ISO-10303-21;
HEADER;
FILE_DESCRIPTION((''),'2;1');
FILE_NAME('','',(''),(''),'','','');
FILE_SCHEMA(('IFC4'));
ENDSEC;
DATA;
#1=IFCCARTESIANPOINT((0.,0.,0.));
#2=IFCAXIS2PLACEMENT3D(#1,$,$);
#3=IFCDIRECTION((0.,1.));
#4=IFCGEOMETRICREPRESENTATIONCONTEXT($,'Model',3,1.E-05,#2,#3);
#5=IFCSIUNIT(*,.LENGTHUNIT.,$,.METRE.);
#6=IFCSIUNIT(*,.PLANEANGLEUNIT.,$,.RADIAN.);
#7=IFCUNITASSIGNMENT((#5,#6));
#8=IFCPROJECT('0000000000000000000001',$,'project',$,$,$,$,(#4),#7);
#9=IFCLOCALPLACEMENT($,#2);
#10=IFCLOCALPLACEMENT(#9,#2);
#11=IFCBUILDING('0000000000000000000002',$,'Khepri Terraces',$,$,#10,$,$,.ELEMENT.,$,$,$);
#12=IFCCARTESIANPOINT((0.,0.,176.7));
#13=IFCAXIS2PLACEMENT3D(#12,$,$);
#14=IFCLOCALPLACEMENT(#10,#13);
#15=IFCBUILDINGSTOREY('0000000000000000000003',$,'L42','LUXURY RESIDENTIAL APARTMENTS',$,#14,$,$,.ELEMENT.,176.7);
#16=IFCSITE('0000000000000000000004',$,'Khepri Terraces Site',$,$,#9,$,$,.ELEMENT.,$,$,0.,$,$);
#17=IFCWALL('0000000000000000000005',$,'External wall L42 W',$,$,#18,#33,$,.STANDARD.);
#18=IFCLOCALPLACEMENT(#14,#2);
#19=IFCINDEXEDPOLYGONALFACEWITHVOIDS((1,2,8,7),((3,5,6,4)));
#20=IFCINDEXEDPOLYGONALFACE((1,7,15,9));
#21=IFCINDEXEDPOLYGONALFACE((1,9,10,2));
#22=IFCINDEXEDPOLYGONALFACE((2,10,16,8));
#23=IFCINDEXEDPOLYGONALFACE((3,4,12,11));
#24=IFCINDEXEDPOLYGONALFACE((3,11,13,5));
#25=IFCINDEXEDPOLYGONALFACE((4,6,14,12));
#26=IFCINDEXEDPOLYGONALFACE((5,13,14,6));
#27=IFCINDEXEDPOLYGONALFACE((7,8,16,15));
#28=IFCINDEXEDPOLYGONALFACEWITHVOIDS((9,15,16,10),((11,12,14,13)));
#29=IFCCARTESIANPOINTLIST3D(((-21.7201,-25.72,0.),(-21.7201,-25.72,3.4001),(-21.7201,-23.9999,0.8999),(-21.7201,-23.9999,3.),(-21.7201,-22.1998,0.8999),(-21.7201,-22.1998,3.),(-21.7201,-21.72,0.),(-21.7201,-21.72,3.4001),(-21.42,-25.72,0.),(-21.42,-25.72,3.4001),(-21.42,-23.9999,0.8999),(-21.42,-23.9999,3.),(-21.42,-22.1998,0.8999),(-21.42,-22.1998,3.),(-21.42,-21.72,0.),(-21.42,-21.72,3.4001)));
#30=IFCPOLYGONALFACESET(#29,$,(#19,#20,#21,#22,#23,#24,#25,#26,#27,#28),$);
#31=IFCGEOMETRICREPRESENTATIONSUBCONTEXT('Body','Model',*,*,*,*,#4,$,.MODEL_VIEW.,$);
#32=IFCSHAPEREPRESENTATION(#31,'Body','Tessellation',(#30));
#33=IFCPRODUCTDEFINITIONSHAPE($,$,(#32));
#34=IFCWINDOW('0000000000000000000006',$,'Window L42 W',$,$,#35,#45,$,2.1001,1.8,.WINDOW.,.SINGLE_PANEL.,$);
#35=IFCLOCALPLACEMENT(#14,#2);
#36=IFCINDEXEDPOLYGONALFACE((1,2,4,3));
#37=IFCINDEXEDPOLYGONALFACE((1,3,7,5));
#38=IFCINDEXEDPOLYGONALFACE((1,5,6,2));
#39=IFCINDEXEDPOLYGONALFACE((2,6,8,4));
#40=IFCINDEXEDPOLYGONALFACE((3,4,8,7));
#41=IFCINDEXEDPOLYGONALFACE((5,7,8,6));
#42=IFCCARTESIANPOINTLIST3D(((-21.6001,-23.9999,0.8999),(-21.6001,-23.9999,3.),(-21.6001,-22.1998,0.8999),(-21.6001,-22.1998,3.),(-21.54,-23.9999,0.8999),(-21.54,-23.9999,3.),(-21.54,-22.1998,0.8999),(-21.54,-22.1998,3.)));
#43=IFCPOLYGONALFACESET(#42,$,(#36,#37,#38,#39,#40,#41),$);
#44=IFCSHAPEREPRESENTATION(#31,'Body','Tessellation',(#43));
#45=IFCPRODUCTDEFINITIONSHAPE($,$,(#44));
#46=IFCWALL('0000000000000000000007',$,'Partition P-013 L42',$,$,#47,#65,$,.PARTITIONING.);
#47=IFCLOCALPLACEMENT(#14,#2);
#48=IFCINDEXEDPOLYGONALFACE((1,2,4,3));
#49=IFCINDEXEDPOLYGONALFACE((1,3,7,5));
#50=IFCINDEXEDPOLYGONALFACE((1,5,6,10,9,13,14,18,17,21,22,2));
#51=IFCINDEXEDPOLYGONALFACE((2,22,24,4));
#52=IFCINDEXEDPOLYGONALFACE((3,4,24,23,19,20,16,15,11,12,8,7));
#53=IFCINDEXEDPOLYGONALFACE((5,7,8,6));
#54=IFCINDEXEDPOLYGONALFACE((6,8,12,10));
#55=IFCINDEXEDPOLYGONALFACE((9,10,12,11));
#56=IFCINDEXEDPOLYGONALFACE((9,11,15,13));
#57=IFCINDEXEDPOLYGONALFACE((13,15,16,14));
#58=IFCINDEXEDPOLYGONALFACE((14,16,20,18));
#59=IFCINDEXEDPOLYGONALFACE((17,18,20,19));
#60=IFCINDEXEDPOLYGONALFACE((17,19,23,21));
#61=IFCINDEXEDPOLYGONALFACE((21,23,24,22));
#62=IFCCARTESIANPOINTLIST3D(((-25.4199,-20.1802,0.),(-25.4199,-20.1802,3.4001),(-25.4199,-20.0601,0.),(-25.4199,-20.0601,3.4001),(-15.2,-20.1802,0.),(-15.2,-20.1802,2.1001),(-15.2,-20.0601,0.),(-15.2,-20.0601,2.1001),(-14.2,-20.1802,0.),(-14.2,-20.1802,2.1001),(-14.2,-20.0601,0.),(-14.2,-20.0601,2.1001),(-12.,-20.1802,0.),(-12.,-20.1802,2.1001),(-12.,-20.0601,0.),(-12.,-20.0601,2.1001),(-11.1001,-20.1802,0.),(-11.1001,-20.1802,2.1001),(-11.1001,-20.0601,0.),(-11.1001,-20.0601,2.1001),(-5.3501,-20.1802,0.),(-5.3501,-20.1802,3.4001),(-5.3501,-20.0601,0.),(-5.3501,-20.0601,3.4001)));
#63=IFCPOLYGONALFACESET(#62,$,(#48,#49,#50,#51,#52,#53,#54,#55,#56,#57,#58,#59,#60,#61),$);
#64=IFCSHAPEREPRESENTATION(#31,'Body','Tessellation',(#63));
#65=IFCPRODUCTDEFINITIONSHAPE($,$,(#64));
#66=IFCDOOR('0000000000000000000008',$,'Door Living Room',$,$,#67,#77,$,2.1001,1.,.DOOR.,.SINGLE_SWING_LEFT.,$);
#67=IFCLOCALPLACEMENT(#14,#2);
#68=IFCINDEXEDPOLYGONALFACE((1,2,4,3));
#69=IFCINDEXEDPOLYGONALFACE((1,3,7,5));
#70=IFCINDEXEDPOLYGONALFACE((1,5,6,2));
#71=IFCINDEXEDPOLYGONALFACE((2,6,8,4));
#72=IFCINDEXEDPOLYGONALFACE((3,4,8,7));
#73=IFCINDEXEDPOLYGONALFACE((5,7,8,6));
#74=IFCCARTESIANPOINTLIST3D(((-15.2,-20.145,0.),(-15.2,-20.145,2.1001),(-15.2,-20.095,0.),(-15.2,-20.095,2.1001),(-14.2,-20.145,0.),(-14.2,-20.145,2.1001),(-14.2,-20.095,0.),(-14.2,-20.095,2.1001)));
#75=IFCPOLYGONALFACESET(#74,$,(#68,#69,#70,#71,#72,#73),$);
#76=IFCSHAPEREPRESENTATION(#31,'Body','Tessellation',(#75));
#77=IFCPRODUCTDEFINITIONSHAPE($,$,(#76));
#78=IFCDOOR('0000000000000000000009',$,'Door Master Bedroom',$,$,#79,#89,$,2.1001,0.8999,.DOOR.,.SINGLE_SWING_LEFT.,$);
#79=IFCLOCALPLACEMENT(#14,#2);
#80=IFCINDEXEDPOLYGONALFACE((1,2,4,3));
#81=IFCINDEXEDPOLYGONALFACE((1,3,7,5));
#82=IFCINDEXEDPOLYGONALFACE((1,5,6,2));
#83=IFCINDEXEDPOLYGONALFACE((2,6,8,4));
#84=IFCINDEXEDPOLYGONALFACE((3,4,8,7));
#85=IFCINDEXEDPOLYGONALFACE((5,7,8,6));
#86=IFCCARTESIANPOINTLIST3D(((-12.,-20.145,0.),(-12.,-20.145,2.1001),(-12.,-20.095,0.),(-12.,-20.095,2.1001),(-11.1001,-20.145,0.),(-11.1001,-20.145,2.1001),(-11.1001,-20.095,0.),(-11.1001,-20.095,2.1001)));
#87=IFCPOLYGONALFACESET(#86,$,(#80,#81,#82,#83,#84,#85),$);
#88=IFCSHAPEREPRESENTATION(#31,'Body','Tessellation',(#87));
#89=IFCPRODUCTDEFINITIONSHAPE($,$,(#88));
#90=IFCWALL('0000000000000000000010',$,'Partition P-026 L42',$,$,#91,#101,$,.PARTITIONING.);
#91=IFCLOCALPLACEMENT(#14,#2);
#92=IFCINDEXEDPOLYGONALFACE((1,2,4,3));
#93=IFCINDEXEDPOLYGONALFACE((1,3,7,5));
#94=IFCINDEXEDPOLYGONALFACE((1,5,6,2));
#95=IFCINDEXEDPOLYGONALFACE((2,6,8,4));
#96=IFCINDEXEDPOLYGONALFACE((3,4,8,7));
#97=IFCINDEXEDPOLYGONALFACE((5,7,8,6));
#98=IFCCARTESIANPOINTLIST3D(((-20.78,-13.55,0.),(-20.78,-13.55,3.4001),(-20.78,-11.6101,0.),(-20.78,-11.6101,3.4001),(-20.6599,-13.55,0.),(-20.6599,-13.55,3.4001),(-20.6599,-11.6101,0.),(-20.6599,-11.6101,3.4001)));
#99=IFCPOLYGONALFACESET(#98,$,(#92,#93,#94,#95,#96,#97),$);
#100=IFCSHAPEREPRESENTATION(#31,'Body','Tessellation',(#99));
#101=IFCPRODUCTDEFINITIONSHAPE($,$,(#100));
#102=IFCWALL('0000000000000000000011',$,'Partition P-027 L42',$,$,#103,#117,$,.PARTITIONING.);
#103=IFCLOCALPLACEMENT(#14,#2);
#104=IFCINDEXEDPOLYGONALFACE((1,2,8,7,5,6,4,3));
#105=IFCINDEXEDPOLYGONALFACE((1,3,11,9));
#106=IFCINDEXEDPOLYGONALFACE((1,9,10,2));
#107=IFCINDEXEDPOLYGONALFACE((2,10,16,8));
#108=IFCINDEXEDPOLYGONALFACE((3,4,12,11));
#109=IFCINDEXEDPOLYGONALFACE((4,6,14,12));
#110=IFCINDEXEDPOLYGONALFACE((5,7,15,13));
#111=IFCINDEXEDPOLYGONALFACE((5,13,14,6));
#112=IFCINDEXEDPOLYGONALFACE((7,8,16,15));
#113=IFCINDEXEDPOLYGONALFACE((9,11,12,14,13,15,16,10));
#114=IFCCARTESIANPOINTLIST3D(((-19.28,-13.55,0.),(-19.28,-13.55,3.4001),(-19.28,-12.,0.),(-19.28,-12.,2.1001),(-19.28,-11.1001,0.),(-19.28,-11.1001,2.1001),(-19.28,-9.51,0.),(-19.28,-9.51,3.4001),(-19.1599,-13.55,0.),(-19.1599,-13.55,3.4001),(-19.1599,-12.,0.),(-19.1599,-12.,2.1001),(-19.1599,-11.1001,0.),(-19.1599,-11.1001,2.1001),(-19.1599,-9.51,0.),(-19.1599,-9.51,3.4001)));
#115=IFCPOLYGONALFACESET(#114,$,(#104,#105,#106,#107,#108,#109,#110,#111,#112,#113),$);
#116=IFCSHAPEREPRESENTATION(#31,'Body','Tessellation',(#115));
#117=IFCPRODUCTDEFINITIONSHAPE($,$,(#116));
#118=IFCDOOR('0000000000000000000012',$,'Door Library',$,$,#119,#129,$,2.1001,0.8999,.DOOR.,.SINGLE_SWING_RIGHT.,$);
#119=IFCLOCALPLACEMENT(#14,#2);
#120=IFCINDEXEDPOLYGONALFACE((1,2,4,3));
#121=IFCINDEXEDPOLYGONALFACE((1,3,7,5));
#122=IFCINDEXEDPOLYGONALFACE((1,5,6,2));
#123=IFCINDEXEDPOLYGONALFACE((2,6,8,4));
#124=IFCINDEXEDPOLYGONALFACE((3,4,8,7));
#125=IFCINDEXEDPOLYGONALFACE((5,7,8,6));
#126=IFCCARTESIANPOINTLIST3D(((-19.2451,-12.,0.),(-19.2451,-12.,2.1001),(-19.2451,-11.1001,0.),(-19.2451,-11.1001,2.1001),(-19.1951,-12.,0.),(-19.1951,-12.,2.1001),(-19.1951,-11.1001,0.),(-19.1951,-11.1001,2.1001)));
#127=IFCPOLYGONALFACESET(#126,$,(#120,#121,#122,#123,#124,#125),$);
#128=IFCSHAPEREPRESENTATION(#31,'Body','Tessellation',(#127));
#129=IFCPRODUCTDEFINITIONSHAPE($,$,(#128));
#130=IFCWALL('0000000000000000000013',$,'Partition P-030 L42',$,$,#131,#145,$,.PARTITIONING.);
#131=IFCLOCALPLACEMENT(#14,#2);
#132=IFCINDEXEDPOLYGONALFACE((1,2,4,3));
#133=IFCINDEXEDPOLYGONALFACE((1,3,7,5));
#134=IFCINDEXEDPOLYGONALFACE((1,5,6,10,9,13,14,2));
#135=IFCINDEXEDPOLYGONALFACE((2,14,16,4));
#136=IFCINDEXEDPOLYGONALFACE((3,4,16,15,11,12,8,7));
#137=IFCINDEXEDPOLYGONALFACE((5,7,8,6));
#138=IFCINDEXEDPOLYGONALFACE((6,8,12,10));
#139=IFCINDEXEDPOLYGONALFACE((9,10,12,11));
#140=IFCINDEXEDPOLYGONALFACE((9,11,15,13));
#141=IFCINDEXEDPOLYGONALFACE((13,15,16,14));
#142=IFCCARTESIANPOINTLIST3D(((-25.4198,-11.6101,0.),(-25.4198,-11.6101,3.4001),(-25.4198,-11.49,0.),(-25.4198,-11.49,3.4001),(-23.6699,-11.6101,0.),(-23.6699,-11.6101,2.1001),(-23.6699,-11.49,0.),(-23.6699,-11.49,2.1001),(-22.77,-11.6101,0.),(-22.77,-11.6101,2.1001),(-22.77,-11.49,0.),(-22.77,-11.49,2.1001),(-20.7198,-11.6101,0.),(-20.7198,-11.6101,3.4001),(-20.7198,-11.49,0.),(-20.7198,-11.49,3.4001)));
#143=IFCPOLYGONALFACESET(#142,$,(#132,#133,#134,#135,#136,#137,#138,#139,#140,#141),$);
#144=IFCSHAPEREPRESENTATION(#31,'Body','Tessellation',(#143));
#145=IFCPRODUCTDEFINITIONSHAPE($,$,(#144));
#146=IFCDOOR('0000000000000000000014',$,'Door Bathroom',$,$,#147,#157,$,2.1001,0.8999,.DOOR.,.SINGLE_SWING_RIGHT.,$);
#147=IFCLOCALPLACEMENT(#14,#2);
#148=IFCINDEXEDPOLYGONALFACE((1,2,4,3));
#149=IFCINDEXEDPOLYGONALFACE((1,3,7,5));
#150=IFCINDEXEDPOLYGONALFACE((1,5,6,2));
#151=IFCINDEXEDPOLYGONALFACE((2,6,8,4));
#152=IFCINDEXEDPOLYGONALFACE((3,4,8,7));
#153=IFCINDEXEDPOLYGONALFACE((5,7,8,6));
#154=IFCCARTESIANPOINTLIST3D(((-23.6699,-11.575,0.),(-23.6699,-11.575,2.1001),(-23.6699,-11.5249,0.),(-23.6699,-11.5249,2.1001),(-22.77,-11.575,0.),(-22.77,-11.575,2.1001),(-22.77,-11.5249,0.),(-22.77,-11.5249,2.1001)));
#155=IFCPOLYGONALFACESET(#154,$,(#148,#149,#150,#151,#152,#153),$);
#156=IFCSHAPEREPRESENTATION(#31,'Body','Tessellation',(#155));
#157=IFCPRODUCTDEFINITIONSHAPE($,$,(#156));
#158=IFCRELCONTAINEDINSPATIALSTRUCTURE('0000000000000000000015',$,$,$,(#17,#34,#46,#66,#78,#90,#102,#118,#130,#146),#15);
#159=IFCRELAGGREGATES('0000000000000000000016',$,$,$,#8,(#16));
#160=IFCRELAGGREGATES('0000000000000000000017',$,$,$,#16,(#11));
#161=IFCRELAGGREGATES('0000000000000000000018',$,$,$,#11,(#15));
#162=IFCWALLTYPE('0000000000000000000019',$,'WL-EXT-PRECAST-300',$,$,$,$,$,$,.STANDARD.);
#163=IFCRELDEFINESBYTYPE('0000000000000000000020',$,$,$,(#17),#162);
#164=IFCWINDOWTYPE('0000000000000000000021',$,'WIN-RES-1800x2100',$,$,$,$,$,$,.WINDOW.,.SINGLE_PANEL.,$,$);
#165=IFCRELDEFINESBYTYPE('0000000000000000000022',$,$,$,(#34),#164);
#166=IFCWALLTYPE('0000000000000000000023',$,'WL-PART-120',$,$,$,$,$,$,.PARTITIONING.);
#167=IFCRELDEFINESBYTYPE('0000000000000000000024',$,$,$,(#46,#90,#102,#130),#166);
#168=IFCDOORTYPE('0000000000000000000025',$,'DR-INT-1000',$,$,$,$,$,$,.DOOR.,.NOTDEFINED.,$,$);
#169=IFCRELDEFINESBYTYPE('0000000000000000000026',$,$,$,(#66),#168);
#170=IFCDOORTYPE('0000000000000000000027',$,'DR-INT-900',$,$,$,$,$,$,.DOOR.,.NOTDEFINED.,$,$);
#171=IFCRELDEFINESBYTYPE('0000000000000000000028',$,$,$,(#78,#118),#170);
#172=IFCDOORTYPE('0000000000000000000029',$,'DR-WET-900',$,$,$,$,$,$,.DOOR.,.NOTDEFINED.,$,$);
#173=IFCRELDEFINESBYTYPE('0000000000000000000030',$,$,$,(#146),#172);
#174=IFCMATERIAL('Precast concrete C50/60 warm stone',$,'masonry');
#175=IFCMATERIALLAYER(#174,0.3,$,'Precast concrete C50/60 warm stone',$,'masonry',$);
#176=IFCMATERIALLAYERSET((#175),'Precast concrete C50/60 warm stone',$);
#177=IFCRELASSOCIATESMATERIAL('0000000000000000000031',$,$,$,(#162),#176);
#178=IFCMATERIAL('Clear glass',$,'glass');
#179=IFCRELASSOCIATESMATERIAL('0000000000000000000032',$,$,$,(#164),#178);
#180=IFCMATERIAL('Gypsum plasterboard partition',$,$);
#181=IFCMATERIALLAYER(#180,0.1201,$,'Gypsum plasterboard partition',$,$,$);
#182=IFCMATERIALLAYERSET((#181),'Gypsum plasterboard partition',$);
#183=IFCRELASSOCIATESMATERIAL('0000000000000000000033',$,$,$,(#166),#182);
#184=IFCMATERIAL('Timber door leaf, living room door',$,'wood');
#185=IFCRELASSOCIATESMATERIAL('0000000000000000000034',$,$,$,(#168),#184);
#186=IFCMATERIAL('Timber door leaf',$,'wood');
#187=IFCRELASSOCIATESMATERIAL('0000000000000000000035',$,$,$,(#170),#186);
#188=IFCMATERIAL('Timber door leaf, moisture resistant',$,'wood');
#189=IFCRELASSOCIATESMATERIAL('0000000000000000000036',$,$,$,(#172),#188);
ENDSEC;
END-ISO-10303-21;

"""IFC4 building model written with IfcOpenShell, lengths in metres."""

from ifc_helpers import new_model, si_unit, direction, frame, frame_2d, origin, place, context, subcontext, project, spatial, rectangle, extrude, material, layer, layer_set, type_object, element, fill, save


model = new_model("IFC4")

# Units and contexts
model_context = context("Model", 3, precision=1e-05, world=origin(), true_north=direction((0.0, 1.0)))
body_context = subcontext(model_context, "Body", "Model", "MODEL_VIEW")
ifc_project = project(units=[si_unit("LENGTHUNIT", "METRE"), si_unit("PLANEANGLEUNIT", "RADIAN")], contexts=[model_context])

# Site, building, storey
site_placement = place(None, origin())
site = spatial("IfcSite", under=ifc_project, at=site_placement, Name="Khepri Terraces Site", CompositionType="ELEMENT", RefElevation=0.0)
building_placement = place(site_placement, origin())
building = spatial("IfcBuilding", under=site, at=building_placement, Name="Khepri Terraces", CompositionType="ELEMENT")
storey_placement = place(building_placement, frame((0.0, 0.0, 176.7)))
storey = spatial("IfcBuildingStorey", under=building, at=storey_placement, Name="L42", Description="LUXURY RESIDENTIAL APARTMENTS", CompositionType="ELEMENT", Elevation=176.7)

# Wall, opening, window
ifc_material_1 = material(Name="Precast concrete C50/60 warm stone", Category="masonry")
ifc_layer_1 = layer(ifc_material_1, 0.3, Name="Precast concrete C50/60 warm stone", Category="masonry")
ifc_layer_set_1 = layer_set([ifc_layer_1], Name="Precast concrete C50/60 warm stone")
wall_type_1 = type_object("IfcWallType", Name="WL-EXT-PRECAST-300", PredefinedType="STANDARD", material=ifc_layer_set_1)
ifc_material_2 = material(Name="Clear glass", Category="glass")
window_type = type_object("IfcWindowType", Name="WIN-RES-1800x2100", PartitioningType="SINGLE_PANEL", PredefinedType="WINDOW", material=ifc_material_2)
wall_1_placement = place(storey_placement, frame((-21.5701, -21.72, 0.0), z_axis=(0.0, 0.0, 1.0), x_axis=(0.0, -1.0, 0.0)))
wall_1 = element("IfcWall", 1, at=wall_1_placement, inside=storey, type_object=wall_type_1, Name="External wall L42 W", PredefinedType="STANDARD", context=body_context, shape_type="SweptSolid", body=[
    extrude(rectangle(XDim=4.0, YDim=0.3, at=frame_2d((2.0, 0.0))), origin(), (0.0, 0.0, 1.0), 3.4001),
])
opening_1_placement = place(wall_1_placement, frame((0.48, 0.0, 0.8999)))
opening_1 = element("IfcOpeningElement", 2, at=opening_1_placement, cuts=wall_1, PredefinedType="OPENING", context=body_context, shape_type="SweptSolid", body=[
    extrude(rectangle(XDim=1.8, YDim=2.1001, at=frame_2d((0.8999, 1.05))), frame((0.0, 0.1602, 0.0), z_axis=(0.0, -1.0, 0.0), x_axis=(1.0, 0.0, 0.0)), (0.0, 0.0, 1.0), 0.3201),
])
window_1_placement = place(opening_1_placement, origin())
window_1 = element("IfcWindow", 3, at=window_1_placement, inside=storey, type_object=window_type, Name="Window L42 W", OverallHeight=2.1001, OverallWidth=1.8, PartitioningType="SINGLE_PANEL", PredefinedType="WINDOW", context=body_context, shape_type="SweptSolid", body=[
    extrude(rectangle(XDim=1.8, YDim=2.1001, at=frame_2d((0.8999, 1.05))), frame((0.0, 0.03, 0.0), z_axis=(0.0, -1.0, 0.0), x_axis=(1.0, 0.0, 0.0)), (0.0, 0.0, 1.0), 0.0601),
])
fill(opening_1, window_1)

# Wall, openings, doors
ifc_material_3 = material(Name="Gypsum plasterboard partition")
ifc_layer_2 = layer(ifc_material_3, 0.1201, Name="Gypsum plasterboard partition")
ifc_layer_set_2 = layer_set([ifc_layer_2], Name="Gypsum plasterboard partition")
wall_type_2 = type_object("IfcWallType", Name="WL-PART-120", PredefinedType="PARTITIONING", material=ifc_layer_set_2)
wall_2_placement = place(storey_placement, frame((-25.4199, -20.1201, 0.0), z_axis=(0.0, 0.0, 1.0), x_axis=(1.0, 0.0, 0.0)))
wall_2 = element("IfcWall", 4, at=wall_2_placement, inside=storey, type_object=wall_type_2, Name="Partition P-013 L42", PredefinedType="PARTITIONING", context=body_context, shape_type="SweptSolid", body=[
    extrude(rectangle(XDim=20.0698, YDim=0.1201, at=frame_2d((10.0349, 0.0))), origin(), (0.0, 0.0, 1.0), 3.4001),
])
opening_2_placement = place(wall_2_placement, frame((10.22, 0.0, 0.0)))
opening_2 = element("IfcOpeningElement", 5, at=opening_2_placement, cuts=wall_2, PredefinedType="OPENING", context=body_context, shape_type="SweptSolid", body=[
    extrude(rectangle(XDim=1.0, YDim=2.1001, at=frame_2d((0.5, 1.05))), frame((0.0, 0.0701, 0.0), z_axis=(0.0, -1.0, 0.0), x_axis=(1.0, 0.0, 0.0)), (0.0, 0.0, 1.0), 0.1401),
])
opening_3_placement = place(wall_2_placement, frame((13.4199, 0.0, 0.0)))
opening_3 = element("IfcOpeningElement", 6, at=opening_3_placement, cuts=wall_2, PredefinedType="OPENING", context=body_context, shape_type="SweptSolid", body=[
    extrude(rectangle(XDim=0.8999, YDim=2.1001, at=frame_2d((0.45, 1.05))), frame((0.0, 0.0701, 0.0), z_axis=(0.0, -1.0, 0.0), x_axis=(1.0, 0.0, 0.0)), (0.0, 0.0, 1.0), 0.1401),
])
ifc_material_4 = material(Name="Timber door leaf, living room door", Category="wood")
door_type_1 = type_object("IfcDoorType", Name="DR-INT-1000", OperationType="NOTDEFINED", PredefinedType="DOOR", material=ifc_material_4)
door_1_placement = place(opening_2_placement, frame((1.0, 0.0, 0.0), z_axis=(0.0, 0.0, 1.0), x_axis=(-1.0, 0.0, 0.0)))
door_1 = element("IfcDoor", 7, at=door_1_placement, inside=storey, type_object=door_type_1, Name="Door Living Room", OperationType="SINGLE_SWING_LEFT", OverallHeight=2.1001, OverallWidth=1.0, PredefinedType="DOOR", context=body_context, shape_type="SweptSolid", body=[
    extrude(rectangle(XDim=1.0, YDim=2.1001, at=frame_2d((0.5, 1.05))), frame((0.0, 0.0249, 0.0), z_axis=(0.0, -1.0, 0.0), x_axis=(1.0, 0.0, 0.0)), (0.0, 0.0, 1.0), 0.05),
])
fill(opening_2, door_1)
ifc_material_5 = material(Name="Timber door leaf", Category="wood")
door_type_2 = type_object("IfcDoorType", Name="DR-INT-900", OperationType="NOTDEFINED", PredefinedType="DOOR", material=ifc_material_5)
door_2_placement = place(opening_3_placement, frame((0.8999, 0.0, 0.0), z_axis=(0.0, 0.0, 1.0), x_axis=(-1.0, 0.0, 0.0)))
door_2 = element("IfcDoor", 8, at=door_2_placement, inside=storey, type_object=door_type_2, Name="Door Master Bedroom", OperationType="SINGLE_SWING_LEFT", OverallHeight=2.1001, OverallWidth=0.8999, PredefinedType="DOOR", context=body_context, shape_type="SweptSolid", body=[
    extrude(rectangle(XDim=0.8999, YDim=2.1001, at=frame_2d((0.45, 1.05))), frame((0.0, 0.0249, 0.0), z_axis=(0.0, -1.0, 0.0), x_axis=(1.0, 0.0, 0.0)), (0.0, 0.0, 1.0), 0.05),
])
fill(opening_3, door_2)

# Wall
wall_3_placement = place(storey_placement, frame((-20.72, -13.55, 0.0), z_axis=(0.0, 0.0, 1.0), x_axis=(0.0, 1.0, 0.0)))
element("IfcWall", 9, at=wall_3_placement, inside=storey, type_object=wall_type_2, Name="Partition P-026 L42", PredefinedType="PARTITIONING", context=body_context, shape_type="SweptSolid", body=[
    extrude(rectangle(XDim=1.9399, YDim=0.1201, at=frame_2d((0.97, 0.0))), origin(), (0.0, 0.0, 1.0), 3.4001),
])

# Walls, openings, doors
wall_4_placement = place(storey_placement, frame((-19.22, -13.55, 0.0), z_axis=(0.0, 0.0, 1.0), x_axis=(0.0, 1.0, 0.0)))
wall_4 = element("IfcWall", 10, at=wall_4_placement, inside=storey, type_object=wall_type_2, Name="Partition P-027 L42", PredefinedType="PARTITIONING", context=body_context, shape_type="SweptSolid", body=[
    extrude(rectangle(XDim=4.04, YDim=0.1201, at=frame_2d((2.02, 0.0))), origin(), (0.0, 0.0, 1.0), 3.4001),
])
opening_4_placement = place(wall_4_placement, frame((1.55, 0.0, 0.0)))
opening_4 = element("IfcOpeningElement", 11, at=opening_4_placement, cuts=wall_4, PredefinedType="OPENING", context=body_context, shape_type="SweptSolid", body=[
    extrude(rectangle(XDim=0.8999, YDim=2.1001, at=frame_2d((0.45, 1.05))), frame((0.0, 0.0701, 0.0), z_axis=(0.0, -1.0, 0.0), x_axis=(1.0, 0.0, 0.0)), (0.0, 0.0, 1.0), 0.1401),
])
door_3_placement = place(opening_4_placement, frame((0.8999, 0.0, 0.0), z_axis=(0.0, 0.0, 1.0), x_axis=(-1.0, 0.0, 0.0)))
door_3 = element("IfcDoor", 12, at=door_3_placement, inside=storey, type_object=door_type_2, Name="Door Library", OperationType="SINGLE_SWING_RIGHT", OverallHeight=2.1001, OverallWidth=0.8999, PredefinedType="DOOR", context=body_context, shape_type="SweptSolid", body=[
    extrude(rectangle(XDim=0.8999, YDim=2.1001, at=frame_2d((0.45, 1.05))), frame((0.0, 0.0249, 0.0), z_axis=(0.0, -1.0, 0.0), x_axis=(1.0, 0.0, 0.0)), (0.0, 0.0, 1.0), 0.05),
])
fill(opening_4, door_3)
wall_5_placement = place(storey_placement, frame((-25.4199, -11.55, 0.0), z_axis=(0.0, 0.0, 1.0), x_axis=(1.0, 0.0, 0.0)))
wall_5 = element("IfcWall", 13, at=wall_5_placement, inside=storey, type_object=wall_type_2, Name="Partition P-030 L42", PredefinedType="PARTITIONING", context=body_context, shape_type="SweptSolid", body=[
    extrude(rectangle(XDim=4.7, YDim=0.1201, at=frame_2d((2.3501, 0.0))), origin(), (0.0, 0.0, 1.0), 3.4001),
])
opening_5_placement = place(wall_5_placement, frame((1.75, 0.0, 0.0)))
opening_5 = element("IfcOpeningElement", 14, at=opening_5_placement, cuts=wall_5, PredefinedType="OPENING", context=body_context, shape_type="SweptSolid", body=[
    extrude(rectangle(XDim=0.8999, YDim=2.1001, at=frame_2d((0.45, 1.05))), frame((0.0, 0.0701, 0.0), z_axis=(0.0, -1.0, 0.0), x_axis=(1.0, 0.0, 0.0)), (0.0, 0.0, 1.0), 0.1401),
])
ifc_material_6 = material(Name="Timber door leaf, moisture resistant", Category="wood")
door_type_3 = type_object("IfcDoorType", Name="DR-WET-900", OperationType="NOTDEFINED", PredefinedType="DOOR", material=ifc_material_6)
door_4_placement = place(opening_5_placement, frame((0.8999, 0.0, 0.0), z_axis=(0.0, 0.0, 1.0), x_axis=(-1.0, 0.0, 0.0)))
door_4 = element("IfcDoor", 15, at=door_4_placement, inside=storey, type_object=door_type_3, Name="Door Bathroom", OperationType="SINGLE_SWING_RIGHT", OverallHeight=2.1001, OverallWidth=0.8999, PredefinedType="DOOR", context=body_context, shape_type="SweptSolid", body=[
    extrude(rectangle(XDim=0.8999, YDim=2.1001, at=frame_2d((0.45, 1.05))), frame((0.0, 0.0249, 0.0), z_axis=(0.0, -1.0, 0.0), x_axis=(1.0, 0.0, 0.0)), (0.0, 0.0, 1.0), 0.05),
])
fill(opening_5, door_4)

save(model, "model.ifc")
